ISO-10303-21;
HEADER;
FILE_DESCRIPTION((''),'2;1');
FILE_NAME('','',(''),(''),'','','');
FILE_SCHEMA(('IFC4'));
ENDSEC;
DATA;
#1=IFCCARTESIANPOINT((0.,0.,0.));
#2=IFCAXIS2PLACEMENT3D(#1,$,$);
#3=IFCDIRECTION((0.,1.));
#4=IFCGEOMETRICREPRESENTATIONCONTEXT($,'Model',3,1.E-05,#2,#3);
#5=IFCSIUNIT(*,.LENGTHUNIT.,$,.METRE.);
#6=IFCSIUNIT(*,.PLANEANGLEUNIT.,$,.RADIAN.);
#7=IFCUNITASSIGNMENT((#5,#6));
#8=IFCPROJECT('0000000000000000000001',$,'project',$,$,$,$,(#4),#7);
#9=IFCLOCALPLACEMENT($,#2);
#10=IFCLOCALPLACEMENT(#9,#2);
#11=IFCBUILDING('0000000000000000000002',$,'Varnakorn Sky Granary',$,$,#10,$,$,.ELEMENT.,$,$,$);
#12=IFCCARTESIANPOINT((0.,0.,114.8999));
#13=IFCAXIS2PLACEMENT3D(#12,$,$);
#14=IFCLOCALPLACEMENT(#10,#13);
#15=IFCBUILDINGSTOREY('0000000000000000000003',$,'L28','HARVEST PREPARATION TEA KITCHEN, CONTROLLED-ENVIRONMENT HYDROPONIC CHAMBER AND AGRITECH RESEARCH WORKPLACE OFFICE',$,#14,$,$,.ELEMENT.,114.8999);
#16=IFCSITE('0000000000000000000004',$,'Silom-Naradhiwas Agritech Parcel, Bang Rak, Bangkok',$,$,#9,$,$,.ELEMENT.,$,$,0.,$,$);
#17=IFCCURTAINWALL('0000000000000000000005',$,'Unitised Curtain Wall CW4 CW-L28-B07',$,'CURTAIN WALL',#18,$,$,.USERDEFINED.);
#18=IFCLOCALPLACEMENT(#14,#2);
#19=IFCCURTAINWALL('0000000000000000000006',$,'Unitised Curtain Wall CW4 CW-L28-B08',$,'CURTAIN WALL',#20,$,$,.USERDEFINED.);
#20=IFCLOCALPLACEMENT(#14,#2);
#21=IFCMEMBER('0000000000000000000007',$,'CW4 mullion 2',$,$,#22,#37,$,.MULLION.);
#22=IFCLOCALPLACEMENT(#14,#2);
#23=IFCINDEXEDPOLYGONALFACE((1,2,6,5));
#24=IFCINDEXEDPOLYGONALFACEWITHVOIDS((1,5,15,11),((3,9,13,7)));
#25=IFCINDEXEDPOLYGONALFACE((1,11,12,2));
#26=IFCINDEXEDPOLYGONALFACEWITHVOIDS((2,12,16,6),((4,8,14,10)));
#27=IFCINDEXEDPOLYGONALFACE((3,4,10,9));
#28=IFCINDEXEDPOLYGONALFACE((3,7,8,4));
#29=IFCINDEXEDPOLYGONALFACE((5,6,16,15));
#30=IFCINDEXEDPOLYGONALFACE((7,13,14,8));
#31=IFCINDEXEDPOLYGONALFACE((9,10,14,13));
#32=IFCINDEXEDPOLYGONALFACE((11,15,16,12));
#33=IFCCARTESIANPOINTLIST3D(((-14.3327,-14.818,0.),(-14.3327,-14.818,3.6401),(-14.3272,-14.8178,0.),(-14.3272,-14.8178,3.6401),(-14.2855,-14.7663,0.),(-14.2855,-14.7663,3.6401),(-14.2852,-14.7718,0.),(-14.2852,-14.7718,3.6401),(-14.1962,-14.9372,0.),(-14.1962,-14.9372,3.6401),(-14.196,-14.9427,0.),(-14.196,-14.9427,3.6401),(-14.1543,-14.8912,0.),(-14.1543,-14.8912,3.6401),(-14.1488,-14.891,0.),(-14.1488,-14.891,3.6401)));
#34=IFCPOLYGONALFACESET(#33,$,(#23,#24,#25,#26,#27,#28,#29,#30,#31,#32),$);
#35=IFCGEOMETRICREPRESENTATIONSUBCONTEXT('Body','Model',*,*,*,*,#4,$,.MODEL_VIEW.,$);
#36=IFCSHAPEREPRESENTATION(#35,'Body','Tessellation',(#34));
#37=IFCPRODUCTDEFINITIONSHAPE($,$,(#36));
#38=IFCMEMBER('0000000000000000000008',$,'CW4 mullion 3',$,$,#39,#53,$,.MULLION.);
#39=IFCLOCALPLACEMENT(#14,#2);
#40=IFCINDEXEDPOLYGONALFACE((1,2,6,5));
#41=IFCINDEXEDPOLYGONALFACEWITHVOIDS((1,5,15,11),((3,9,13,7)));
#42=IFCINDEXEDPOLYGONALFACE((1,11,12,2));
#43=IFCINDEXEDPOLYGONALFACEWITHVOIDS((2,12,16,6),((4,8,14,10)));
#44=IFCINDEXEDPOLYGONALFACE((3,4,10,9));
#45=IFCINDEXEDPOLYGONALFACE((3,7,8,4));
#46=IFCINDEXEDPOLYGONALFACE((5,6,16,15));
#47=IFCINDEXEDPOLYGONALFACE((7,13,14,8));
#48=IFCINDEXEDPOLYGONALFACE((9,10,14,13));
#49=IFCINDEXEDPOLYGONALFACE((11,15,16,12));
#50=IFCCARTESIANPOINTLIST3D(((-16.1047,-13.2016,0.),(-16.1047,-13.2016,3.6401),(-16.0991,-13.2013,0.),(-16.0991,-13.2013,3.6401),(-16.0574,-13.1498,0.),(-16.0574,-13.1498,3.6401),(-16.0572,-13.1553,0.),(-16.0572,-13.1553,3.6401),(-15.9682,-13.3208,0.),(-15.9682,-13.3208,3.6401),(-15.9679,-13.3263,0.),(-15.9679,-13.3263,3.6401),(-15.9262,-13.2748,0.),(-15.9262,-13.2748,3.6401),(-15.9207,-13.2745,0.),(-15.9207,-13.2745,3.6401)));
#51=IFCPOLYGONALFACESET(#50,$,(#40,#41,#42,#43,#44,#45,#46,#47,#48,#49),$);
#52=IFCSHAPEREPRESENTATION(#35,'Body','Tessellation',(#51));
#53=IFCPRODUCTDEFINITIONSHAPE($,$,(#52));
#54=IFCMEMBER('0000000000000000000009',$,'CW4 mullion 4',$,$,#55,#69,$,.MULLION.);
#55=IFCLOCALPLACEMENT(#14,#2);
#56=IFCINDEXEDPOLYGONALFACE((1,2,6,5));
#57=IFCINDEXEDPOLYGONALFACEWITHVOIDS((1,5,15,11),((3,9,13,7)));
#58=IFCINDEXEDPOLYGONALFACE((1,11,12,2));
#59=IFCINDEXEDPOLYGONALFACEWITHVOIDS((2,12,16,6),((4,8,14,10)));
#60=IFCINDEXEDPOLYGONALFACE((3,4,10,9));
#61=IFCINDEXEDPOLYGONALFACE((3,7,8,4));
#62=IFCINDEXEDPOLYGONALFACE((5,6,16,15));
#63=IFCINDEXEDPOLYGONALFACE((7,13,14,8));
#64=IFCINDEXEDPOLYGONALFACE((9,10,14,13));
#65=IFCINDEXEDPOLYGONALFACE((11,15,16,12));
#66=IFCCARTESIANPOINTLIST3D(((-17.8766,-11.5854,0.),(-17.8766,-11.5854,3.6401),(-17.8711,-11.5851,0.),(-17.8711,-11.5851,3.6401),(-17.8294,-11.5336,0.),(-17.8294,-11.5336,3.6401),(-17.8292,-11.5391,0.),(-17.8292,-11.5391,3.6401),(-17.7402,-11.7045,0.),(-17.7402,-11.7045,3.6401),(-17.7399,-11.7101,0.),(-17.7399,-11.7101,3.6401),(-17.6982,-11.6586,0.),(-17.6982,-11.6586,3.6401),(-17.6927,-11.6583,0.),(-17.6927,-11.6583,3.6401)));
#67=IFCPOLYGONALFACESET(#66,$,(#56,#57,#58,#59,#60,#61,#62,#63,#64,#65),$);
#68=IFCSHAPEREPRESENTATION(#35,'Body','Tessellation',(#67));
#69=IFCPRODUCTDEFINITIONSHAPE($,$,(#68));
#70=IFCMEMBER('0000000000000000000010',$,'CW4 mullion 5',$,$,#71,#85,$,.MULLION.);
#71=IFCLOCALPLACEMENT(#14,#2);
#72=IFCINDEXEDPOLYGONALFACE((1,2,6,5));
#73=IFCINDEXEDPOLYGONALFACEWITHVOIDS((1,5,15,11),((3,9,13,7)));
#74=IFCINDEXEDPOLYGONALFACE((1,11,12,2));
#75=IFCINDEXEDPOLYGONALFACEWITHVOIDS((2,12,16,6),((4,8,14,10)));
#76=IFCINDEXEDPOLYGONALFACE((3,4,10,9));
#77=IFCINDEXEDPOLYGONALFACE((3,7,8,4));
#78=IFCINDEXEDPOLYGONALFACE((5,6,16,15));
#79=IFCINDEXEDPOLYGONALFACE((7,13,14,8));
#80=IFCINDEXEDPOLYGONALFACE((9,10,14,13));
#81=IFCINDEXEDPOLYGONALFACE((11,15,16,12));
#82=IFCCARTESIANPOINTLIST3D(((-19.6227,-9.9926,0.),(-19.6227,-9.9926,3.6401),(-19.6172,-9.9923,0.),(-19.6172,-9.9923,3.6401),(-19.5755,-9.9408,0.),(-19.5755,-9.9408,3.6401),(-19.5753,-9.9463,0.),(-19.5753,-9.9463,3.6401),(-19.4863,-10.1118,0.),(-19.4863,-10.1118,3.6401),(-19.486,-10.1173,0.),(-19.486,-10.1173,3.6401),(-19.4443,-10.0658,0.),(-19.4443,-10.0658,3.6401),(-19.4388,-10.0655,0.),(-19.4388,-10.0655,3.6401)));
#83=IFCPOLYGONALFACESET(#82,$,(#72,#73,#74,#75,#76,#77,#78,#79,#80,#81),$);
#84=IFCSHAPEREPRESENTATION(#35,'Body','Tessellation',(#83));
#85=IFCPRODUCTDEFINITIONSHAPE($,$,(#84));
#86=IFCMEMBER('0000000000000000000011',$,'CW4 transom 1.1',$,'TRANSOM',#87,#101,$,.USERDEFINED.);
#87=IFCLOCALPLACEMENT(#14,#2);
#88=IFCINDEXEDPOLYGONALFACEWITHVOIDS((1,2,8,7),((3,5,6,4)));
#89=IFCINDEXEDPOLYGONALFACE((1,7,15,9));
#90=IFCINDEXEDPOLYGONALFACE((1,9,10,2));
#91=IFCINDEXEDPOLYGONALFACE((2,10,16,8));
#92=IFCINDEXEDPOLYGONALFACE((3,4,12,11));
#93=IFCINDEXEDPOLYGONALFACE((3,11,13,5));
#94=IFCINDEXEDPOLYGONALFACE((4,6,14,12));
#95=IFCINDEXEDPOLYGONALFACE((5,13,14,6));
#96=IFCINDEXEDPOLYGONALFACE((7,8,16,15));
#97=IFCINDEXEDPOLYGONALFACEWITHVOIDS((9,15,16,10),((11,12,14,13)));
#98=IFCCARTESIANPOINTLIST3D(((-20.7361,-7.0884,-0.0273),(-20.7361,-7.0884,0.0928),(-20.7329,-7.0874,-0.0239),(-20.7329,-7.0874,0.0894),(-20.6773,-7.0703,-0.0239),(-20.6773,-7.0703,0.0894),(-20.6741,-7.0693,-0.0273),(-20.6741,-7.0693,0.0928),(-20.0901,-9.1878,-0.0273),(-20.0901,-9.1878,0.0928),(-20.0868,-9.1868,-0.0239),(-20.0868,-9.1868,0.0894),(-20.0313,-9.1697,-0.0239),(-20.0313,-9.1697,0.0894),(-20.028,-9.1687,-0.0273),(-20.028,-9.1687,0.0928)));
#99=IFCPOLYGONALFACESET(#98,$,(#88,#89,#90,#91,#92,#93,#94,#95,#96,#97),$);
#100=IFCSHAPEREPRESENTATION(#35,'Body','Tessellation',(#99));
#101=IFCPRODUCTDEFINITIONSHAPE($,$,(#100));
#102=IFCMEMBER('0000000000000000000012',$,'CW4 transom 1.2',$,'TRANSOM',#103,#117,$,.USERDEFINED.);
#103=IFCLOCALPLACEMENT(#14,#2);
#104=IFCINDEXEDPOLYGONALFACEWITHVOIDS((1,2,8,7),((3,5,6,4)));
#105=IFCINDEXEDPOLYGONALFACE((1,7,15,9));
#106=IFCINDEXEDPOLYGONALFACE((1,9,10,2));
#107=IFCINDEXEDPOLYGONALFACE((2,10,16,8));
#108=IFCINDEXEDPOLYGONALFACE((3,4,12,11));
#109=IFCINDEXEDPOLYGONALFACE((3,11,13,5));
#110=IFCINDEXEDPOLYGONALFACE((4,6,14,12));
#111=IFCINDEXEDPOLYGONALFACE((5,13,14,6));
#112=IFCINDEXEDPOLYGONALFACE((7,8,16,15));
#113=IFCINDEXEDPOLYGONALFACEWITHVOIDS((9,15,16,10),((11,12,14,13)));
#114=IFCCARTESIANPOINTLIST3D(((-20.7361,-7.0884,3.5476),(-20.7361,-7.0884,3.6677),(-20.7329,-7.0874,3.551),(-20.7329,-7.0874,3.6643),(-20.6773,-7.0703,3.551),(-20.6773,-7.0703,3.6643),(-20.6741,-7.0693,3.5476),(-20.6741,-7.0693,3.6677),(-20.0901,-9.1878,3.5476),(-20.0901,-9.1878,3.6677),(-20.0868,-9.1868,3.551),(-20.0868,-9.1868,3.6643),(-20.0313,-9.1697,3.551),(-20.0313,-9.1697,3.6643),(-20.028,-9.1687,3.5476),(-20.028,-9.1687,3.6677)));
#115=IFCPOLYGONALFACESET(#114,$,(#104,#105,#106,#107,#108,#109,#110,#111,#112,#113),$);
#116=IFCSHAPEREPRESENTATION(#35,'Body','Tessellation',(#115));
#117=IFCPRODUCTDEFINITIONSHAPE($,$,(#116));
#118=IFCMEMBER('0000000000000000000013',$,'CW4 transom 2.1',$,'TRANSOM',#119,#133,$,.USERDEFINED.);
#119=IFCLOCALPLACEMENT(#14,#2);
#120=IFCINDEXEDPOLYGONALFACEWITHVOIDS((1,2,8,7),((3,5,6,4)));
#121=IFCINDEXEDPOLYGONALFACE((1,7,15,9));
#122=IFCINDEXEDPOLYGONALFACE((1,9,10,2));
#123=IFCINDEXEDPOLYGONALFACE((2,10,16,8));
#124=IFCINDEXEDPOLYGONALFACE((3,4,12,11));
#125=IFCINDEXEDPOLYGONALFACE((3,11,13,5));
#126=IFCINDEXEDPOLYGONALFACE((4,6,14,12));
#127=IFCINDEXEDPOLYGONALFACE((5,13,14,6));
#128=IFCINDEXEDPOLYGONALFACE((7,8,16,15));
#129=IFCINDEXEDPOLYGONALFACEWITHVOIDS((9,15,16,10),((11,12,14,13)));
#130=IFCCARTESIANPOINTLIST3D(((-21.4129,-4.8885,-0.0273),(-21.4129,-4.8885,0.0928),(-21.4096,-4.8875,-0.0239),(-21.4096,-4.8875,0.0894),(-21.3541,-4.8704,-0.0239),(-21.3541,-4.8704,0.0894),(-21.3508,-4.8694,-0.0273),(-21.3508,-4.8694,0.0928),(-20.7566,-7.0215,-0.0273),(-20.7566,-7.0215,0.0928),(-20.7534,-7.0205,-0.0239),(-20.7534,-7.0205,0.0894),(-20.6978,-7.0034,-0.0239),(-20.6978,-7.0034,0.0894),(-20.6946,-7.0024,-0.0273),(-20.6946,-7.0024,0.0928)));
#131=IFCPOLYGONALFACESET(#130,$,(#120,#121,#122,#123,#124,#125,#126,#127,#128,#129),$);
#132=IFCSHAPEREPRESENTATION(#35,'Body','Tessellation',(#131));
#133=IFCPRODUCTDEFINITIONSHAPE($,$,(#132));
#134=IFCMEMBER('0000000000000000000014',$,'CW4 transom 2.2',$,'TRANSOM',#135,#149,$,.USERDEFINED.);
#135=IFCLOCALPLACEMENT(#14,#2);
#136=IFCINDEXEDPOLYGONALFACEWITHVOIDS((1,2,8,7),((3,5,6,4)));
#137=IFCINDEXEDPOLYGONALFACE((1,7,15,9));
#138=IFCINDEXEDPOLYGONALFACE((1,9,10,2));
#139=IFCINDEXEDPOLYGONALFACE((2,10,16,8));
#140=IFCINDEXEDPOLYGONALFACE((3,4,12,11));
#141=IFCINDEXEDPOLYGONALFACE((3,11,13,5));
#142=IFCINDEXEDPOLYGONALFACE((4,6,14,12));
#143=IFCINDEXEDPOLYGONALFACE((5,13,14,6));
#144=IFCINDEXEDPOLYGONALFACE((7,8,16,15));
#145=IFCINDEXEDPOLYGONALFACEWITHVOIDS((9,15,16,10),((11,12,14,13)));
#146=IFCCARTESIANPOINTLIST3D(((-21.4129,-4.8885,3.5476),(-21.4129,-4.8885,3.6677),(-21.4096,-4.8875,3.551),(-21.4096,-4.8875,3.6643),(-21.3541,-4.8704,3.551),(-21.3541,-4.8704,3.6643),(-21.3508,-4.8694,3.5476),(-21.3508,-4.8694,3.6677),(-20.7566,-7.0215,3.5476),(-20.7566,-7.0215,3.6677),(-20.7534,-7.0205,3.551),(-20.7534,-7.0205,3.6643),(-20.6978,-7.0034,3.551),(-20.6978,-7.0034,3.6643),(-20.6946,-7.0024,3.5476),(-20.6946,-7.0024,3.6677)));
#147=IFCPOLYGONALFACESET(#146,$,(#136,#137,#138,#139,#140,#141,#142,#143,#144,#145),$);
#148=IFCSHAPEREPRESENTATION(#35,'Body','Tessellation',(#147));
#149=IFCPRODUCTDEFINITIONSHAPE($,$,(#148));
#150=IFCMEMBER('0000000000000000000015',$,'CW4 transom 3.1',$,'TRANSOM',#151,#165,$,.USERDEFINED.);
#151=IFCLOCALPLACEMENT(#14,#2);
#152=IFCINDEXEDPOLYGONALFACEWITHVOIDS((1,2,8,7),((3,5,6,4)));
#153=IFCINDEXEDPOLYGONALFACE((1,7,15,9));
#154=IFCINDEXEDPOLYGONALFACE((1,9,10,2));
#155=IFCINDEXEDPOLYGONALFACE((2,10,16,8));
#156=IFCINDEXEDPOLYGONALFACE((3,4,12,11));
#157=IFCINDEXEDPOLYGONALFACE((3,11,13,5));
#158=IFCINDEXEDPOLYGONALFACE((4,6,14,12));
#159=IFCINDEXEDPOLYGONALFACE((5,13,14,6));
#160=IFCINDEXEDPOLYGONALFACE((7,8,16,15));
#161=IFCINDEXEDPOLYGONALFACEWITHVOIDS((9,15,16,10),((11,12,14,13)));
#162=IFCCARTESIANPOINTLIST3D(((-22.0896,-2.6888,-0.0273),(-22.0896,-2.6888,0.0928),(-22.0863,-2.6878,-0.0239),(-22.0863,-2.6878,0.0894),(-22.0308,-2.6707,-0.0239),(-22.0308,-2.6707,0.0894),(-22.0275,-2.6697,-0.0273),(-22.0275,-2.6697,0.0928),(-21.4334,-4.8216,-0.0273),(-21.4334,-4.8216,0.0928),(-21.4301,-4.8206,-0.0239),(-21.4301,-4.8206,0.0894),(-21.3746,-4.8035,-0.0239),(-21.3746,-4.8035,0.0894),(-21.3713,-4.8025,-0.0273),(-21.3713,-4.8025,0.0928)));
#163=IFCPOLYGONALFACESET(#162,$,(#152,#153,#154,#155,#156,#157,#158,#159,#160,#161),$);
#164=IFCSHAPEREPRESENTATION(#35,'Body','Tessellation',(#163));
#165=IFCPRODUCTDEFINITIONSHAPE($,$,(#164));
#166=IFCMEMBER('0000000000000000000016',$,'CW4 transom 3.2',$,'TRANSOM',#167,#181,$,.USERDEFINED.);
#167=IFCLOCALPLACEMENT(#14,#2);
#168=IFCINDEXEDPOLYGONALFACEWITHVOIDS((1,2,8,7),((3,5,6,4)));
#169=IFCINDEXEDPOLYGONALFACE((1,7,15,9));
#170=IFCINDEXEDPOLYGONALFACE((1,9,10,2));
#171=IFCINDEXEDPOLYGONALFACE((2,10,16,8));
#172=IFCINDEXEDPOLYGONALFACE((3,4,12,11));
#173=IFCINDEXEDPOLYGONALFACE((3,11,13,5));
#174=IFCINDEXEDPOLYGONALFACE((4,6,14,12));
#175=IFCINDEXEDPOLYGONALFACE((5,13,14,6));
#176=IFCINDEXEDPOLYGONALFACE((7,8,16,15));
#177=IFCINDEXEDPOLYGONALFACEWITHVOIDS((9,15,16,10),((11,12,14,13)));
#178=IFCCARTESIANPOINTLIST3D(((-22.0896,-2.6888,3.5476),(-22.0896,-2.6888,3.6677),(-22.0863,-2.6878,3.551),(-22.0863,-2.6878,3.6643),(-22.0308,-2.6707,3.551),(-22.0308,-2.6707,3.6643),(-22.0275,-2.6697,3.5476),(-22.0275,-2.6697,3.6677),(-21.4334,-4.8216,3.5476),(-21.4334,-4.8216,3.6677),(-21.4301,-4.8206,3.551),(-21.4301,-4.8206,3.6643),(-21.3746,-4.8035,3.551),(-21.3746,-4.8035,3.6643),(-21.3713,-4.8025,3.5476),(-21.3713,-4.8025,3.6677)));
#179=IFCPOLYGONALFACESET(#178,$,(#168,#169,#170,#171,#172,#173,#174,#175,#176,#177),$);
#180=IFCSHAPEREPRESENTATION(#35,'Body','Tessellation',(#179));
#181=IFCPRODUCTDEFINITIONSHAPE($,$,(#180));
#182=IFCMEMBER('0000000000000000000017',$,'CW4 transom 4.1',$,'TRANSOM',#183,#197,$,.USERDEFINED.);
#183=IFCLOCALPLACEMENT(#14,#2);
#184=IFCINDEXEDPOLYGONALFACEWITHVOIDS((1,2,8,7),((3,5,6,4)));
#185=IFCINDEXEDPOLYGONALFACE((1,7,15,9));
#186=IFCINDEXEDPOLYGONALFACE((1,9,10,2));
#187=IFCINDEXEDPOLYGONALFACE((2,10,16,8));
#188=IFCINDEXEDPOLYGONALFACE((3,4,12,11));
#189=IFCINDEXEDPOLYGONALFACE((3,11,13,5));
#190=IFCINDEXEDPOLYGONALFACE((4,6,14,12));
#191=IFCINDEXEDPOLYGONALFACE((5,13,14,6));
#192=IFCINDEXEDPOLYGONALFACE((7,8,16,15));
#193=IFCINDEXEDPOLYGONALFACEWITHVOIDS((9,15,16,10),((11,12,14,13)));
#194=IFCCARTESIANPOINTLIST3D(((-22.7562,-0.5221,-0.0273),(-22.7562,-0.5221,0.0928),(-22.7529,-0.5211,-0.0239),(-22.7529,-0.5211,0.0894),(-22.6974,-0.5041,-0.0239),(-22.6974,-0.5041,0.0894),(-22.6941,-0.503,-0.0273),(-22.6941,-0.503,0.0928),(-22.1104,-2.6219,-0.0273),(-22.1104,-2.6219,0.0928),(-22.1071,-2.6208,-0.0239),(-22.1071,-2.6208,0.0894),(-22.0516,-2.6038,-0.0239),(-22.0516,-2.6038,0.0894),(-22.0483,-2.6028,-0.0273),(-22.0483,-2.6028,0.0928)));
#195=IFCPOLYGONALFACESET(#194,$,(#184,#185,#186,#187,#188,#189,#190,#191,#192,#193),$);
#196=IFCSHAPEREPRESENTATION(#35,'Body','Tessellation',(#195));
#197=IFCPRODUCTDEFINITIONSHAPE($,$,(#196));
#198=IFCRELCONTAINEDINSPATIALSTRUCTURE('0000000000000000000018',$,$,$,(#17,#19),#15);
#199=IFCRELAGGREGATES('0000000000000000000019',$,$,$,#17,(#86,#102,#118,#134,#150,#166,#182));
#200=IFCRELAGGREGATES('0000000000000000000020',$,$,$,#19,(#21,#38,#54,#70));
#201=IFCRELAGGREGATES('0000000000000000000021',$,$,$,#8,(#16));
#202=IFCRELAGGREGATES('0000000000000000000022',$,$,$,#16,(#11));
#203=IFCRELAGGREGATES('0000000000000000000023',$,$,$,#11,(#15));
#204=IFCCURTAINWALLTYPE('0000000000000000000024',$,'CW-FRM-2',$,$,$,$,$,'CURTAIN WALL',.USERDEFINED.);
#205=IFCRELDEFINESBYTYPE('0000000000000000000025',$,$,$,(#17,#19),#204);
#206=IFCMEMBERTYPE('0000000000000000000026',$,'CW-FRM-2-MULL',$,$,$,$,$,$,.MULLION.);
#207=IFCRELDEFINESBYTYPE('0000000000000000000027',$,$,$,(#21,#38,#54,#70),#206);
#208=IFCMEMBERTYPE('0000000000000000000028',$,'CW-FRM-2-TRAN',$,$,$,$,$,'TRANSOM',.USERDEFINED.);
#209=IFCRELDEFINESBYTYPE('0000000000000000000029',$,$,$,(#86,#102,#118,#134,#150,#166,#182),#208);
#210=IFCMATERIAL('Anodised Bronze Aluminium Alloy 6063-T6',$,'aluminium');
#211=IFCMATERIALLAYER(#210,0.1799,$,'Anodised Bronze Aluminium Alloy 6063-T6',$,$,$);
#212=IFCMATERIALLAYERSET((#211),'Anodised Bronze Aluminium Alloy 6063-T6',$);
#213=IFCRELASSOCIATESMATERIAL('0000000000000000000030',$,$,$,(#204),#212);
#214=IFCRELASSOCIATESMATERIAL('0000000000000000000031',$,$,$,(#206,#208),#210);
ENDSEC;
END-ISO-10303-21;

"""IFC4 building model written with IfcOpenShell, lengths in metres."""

from ifc_helpers import new_model, si_unit, direction, frame, origin, origin_2d, place, context, subcontext, project, spatial, hollow_rectangle, extrude, material, layer, layer_set, material_profile, profile_set, type_object, element, aggregate, save


model = new_model("IFC4")

# Units and contexts
model_context = context("Model", 3, precision=1e-05, world=origin(), true_north=direction((0.0, 1.0)))
body_context = subcontext(model_context, "Body", "Model", "MODEL_VIEW")
ifc_project = project(units=[si_unit("LENGTHUNIT", "METRE"), si_unit("PLANEANGLEUNIT", "RADIAN")], contexts=[model_context])

# Site, building, storey
site_placement = place(None, origin())
site = spatial("IfcSite", under=ifc_project, at=site_placement, Name="Silom-Naradhiwas Agritech Parcel, Bang Rak, Bangkok", CompositionType="ELEMENT", RefElevation=0.0)
building_placement = place(site_placement, origin())
building = spatial("IfcBuilding", under=site, at=building_placement, Name="Varnakorn Sky Granary", CompositionType="ELEMENT")
storey_placement = place(building_placement, frame((0.0, 0.0, 114.8999)))
storey = spatial("IfcBuildingStorey", under=building, at=storey_placement, Name="L28", Description="HARVEST PREPARATION TEA KITCHEN, CONTROLLED-ENVIRONMENT HYDROPONIC CHAMBER AND AGRITECH RESEARCH WORKPLACE OFFICE", CompositionType="ELEMENT", Elevation=114.8999)

# Curtain walls, members
ifc_material_1 = material(Name="Anodised Bronze Aluminium Alloy 6063-T6", Category="aluminium")
ifc_layer_1 = layer(ifc_material_1, 0.1799, Name="Anodised Bronze Aluminium Alloy 6063-T6")
ifc_layer_set_1 = layer_set([ifc_layer_1], Name="Anodised Bronze Aluminium Alloy 6063-T6")
curtain_wall_type = type_object("IfcCurtainWallType", Name="CW-FRM-2", ElementType="CURTAIN WALL", PredefinedType="USERDEFINED", material=ifc_layer_set_1)
curtain_wall_1_placement = place(storey_placement, origin())
curtain_wall_1 = element("IfcCurtainWall", 1, at=curtain_wall_1_placement, inside=storey, type_object=curtain_wall_type, Name="Unitised Curtain Wall CW4 CW-L28-B07", ObjectType="CURTAIN WALL", PredefinedType="USERDEFINED")
ifc_material_profile_1 = material_profile(ifc_material_1, hollow_rectangle(XDim=0.0701, YDim=0.1851, WallThickness=0.0039, at=origin_2d()), Name="ALU MULL 70x185")
ifc_profile_set_1 = profile_set([ifc_material_profile_1], Name="Anodised Bronze Aluminium Alloy 6063-T6")
member_type_1 = type_object("IfcMemberType", Name="CW-FRM-2-MULL", PredefinedType="MULLION", material=ifc_profile_set_1)
curtain_wall_2_placement = place(storey_placement, origin())
curtain_wall_2 = element("IfcCurtainWall", 2, at=curtain_wall_2_placement, inside=storey, type_object=curtain_wall_type, Name="Unitised Curtain Wall CW4 CW-L28-B08", ObjectType="CURTAIN WALL", PredefinedType="USERDEFINED")
member_1_placement = place(storey_placement, frame((-14.2407, -14.8545, 0.0), z_axis=(0.0, 0.0, 1.0), x_axis=(-0.673925, -0.7388, 0.0)))
member_1 = element("IfcMember", 3, at=member_1_placement, type_object=member_type_1, Name="CW4 mullion 2", PredefinedType="MULLION", context=body_context, shape_type="SweptSolid", body=[
    extrude(hollow_rectangle(XDim=0.0701, YDim=0.1851, WallThickness=0.0039, at=origin_2d()), origin(), (0.0, 0.0, 1.0), 3.6401),
])
member_2_placement = place(storey_placement, frame((-16.0127, -13.238, 0.0), z_axis=(0.0, 0.0, 1.0), x_axis=(-0.673925, -0.7388, 0.0)))
member_2 = element("IfcMember", 4, at=member_2_placement, type_object=member_type_1, Name="CW4 mullion 3", PredefinedType="MULLION", context=body_context, shape_type="SweptSolid", body=[
    extrude(hollow_rectangle(XDim=0.0701, YDim=0.1851, WallThickness=0.0039, at=origin_2d()), origin(), (0.0, 0.0, 1.0), 3.6401),
])
member_3_placement = place(storey_placement, frame((-17.7847, -11.6218, 0.0), z_axis=(0.0, 0.0, 1.0), x_axis=(-0.673925, -0.7388, 0.0)))
member_3 = element("IfcMember", 5, at=member_3_placement, type_object=member_type_1, Name="CW4 mullion 4", PredefinedType="MULLION", context=body_context, shape_type="SweptSolid", body=[
    extrude(hollow_rectangle(XDim=0.0701, YDim=0.1851, WallThickness=0.0039, at=origin_2d()), origin(), (0.0, 0.0, 1.0), 3.6401),
])
member_4_placement = place(storey_placement, frame((-19.5308, -10.0291, 0.0), z_axis=(0.0, 0.0, 1.0), x_axis=(-0.673925, -0.7388, 0.0)))
member_4 = element("IfcMember", 6, at=member_4_placement, type_object=member_type_1, Name="CW4 mullion 5", PredefinedType="MULLION", context=body_context, shape_type="SweptSolid", body=[
    extrude(hollow_rectangle(XDim=0.0701, YDim=0.1851, WallThickness=0.0039, at=origin_2d()), origin(), (0.0, 0.0, 1.0), 3.6401),
])

# Members
ifc_material_profile_2 = material_profile(ifc_material_1, hollow_rectangle(XDim=0.0649, YDim=0.1201, WallThickness=0.0034, at=origin_2d()), Name="ALU TRAN 65x120")
ifc_profile_set_2 = profile_set([ifc_material_profile_2], Name="Anodised Bronze Aluminium Alloy 6063-T6")
member_type_2 = type_object("IfcMemberType", Name="CW-FRM-2-TRAN", ElementType="TRANSOM", PredefinedType="USERDEFINED", material=ifc_profile_set_2)
member_5_placement = place(storey_placement, frame((-20.0591, -9.1782, 0.0327), z_axis=(-0.294101, 0.955774, 0.0), x_axis=(-0.955774, -0.294101, 0.0)))
member_5 = element("IfcMember", 7, at=member_5_placement, type_object=member_type_2, Name="CW4 transom 1.1", ObjectType="TRANSOM", PredefinedType="USERDEFINED", context=body_context, shape_type="SweptSolid", body=[
    extrude(hollow_rectangle(XDim=0.0649, YDim=0.1201, WallThickness=0.0034, at=origin_2d()), origin(), (0.0, 0.0, 1.0), 2.1965),
])
member_6_placement = place(storey_placement, frame((-20.0591, -9.1782, 3.6077), z_axis=(-0.294101, 0.955774, 0.0), x_axis=(-0.955774, -0.294101, 0.0)))
member_6 = element("IfcMember", 8, at=member_6_placement, type_object=member_type_2, Name="CW4 transom 1.2", ObjectType="TRANSOM", PredefinedType="USERDEFINED", context=body_context, shape_type="SweptSolid", body=[
    extrude(hollow_rectangle(XDim=0.0649, YDim=0.1201, WallThickness=0.0034, at=origin_2d()), origin(), (0.0, 0.0, 1.0), 2.1965),
])
member_7_placement = place(storey_placement, frame((-20.7256, -7.012, 0.0327), z_axis=(-0.294055, 0.955788, 0.0), x_axis=(-0.955788, -0.294055, 0.0)))
member_7 = element("IfcMember", 9, at=member_7_placement, type_object=member_type_2, Name="CW4 transom 2.1", ObjectType="TRANSOM", PredefinedType="USERDEFINED", context=body_context, shape_type="SweptSolid", body=[
    extrude(hollow_rectangle(XDim=0.0649, YDim=0.1201, WallThickness=0.0034, at=origin_2d()), origin(), (0.0, 0.0, 1.0), 2.2317),
])
member_8_placement = place(storey_placement, frame((-20.7256, -7.012, 3.6077), z_axis=(-0.294055, 0.955788, 0.0), x_axis=(-0.955788, -0.294055, 0.0)))
member_8 = element("IfcMember", 10, at=member_8_placement, type_object=member_type_2, Name="CW4 transom 2.2", ObjectType="TRANSOM", PredefinedType="USERDEFINED", context=body_context, shape_type="SweptSolid", body=[
    extrude(hollow_rectangle(XDim=0.0649, YDim=0.1201, WallThickness=0.0034, at=origin_2d()), origin(), (0.0, 0.0, 1.0), 2.2317),
])
member_9_placement = place(storey_placement, frame((-21.4023, -4.812, 0.0327), z_axis=(-0.294086, 0.955779, 0.0), x_axis=(-0.955779, -0.294086, 0.0)))
member_9 = element("IfcMember", 11, at=member_9_placement, type_object=member_type_2, Name="CW4 transom 3.1", ObjectType="TRANSOM", PredefinedType="USERDEFINED", context=body_context, shape_type="SweptSolid", body=[
    extrude(hollow_rectangle(XDim=0.0649, YDim=0.1201, WallThickness=0.0034, at=origin_2d()), origin(), (0.0, 0.0, 1.0), 2.2314),
])
member_10_placement = place(storey_placement, frame((-21.4023, -4.812, 3.6077), z_axis=(-0.294086, 0.955779, 0.0), x_axis=(-0.955779, -0.294086, 0.0)))
member_10 = element("IfcMember", 12, at=member_10_placement, type_object=member_type_2, Name="CW4 transom 3.2", ObjectType="TRANSOM", PredefinedType="USERDEFINED", context=body_context, shape_type="SweptSolid", body=[
    extrude(hollow_rectangle(XDim=0.0649, YDim=0.1201, WallThickness=0.0034, at=origin_2d()), origin(), (0.0, 0.0, 1.0), 2.2314),
])
member_11_placement = place(storey_placement, frame((-22.0793, -2.6123, 0.0327), z_axis=(-0.293969, 0.955815, 0.0), x_axis=(-0.955815, -0.293969, 0.0)))
member_11 = element("IfcMember", 13, at=member_11_placement, type_object=member_type_2, Name="CW4 transom 4.1", ObjectType="TRANSOM", PredefinedType="USERDEFINED", context=body_context, shape_type="SweptSolid", body=[
    extrude(hollow_rectangle(XDim=0.0649, YDim=0.1201, WallThickness=0.0034, at=origin_2d()), origin(), (0.0, 0.0, 1.0), 2.1968),
])

aggregate(curtain_wall_1, [member_5, member_6, member_7, member_8, member_9, member_10, member_11])
aggregate(curtain_wall_2, [member_1, member_2, member_3, member_4])

save(model, "model.ifc")
